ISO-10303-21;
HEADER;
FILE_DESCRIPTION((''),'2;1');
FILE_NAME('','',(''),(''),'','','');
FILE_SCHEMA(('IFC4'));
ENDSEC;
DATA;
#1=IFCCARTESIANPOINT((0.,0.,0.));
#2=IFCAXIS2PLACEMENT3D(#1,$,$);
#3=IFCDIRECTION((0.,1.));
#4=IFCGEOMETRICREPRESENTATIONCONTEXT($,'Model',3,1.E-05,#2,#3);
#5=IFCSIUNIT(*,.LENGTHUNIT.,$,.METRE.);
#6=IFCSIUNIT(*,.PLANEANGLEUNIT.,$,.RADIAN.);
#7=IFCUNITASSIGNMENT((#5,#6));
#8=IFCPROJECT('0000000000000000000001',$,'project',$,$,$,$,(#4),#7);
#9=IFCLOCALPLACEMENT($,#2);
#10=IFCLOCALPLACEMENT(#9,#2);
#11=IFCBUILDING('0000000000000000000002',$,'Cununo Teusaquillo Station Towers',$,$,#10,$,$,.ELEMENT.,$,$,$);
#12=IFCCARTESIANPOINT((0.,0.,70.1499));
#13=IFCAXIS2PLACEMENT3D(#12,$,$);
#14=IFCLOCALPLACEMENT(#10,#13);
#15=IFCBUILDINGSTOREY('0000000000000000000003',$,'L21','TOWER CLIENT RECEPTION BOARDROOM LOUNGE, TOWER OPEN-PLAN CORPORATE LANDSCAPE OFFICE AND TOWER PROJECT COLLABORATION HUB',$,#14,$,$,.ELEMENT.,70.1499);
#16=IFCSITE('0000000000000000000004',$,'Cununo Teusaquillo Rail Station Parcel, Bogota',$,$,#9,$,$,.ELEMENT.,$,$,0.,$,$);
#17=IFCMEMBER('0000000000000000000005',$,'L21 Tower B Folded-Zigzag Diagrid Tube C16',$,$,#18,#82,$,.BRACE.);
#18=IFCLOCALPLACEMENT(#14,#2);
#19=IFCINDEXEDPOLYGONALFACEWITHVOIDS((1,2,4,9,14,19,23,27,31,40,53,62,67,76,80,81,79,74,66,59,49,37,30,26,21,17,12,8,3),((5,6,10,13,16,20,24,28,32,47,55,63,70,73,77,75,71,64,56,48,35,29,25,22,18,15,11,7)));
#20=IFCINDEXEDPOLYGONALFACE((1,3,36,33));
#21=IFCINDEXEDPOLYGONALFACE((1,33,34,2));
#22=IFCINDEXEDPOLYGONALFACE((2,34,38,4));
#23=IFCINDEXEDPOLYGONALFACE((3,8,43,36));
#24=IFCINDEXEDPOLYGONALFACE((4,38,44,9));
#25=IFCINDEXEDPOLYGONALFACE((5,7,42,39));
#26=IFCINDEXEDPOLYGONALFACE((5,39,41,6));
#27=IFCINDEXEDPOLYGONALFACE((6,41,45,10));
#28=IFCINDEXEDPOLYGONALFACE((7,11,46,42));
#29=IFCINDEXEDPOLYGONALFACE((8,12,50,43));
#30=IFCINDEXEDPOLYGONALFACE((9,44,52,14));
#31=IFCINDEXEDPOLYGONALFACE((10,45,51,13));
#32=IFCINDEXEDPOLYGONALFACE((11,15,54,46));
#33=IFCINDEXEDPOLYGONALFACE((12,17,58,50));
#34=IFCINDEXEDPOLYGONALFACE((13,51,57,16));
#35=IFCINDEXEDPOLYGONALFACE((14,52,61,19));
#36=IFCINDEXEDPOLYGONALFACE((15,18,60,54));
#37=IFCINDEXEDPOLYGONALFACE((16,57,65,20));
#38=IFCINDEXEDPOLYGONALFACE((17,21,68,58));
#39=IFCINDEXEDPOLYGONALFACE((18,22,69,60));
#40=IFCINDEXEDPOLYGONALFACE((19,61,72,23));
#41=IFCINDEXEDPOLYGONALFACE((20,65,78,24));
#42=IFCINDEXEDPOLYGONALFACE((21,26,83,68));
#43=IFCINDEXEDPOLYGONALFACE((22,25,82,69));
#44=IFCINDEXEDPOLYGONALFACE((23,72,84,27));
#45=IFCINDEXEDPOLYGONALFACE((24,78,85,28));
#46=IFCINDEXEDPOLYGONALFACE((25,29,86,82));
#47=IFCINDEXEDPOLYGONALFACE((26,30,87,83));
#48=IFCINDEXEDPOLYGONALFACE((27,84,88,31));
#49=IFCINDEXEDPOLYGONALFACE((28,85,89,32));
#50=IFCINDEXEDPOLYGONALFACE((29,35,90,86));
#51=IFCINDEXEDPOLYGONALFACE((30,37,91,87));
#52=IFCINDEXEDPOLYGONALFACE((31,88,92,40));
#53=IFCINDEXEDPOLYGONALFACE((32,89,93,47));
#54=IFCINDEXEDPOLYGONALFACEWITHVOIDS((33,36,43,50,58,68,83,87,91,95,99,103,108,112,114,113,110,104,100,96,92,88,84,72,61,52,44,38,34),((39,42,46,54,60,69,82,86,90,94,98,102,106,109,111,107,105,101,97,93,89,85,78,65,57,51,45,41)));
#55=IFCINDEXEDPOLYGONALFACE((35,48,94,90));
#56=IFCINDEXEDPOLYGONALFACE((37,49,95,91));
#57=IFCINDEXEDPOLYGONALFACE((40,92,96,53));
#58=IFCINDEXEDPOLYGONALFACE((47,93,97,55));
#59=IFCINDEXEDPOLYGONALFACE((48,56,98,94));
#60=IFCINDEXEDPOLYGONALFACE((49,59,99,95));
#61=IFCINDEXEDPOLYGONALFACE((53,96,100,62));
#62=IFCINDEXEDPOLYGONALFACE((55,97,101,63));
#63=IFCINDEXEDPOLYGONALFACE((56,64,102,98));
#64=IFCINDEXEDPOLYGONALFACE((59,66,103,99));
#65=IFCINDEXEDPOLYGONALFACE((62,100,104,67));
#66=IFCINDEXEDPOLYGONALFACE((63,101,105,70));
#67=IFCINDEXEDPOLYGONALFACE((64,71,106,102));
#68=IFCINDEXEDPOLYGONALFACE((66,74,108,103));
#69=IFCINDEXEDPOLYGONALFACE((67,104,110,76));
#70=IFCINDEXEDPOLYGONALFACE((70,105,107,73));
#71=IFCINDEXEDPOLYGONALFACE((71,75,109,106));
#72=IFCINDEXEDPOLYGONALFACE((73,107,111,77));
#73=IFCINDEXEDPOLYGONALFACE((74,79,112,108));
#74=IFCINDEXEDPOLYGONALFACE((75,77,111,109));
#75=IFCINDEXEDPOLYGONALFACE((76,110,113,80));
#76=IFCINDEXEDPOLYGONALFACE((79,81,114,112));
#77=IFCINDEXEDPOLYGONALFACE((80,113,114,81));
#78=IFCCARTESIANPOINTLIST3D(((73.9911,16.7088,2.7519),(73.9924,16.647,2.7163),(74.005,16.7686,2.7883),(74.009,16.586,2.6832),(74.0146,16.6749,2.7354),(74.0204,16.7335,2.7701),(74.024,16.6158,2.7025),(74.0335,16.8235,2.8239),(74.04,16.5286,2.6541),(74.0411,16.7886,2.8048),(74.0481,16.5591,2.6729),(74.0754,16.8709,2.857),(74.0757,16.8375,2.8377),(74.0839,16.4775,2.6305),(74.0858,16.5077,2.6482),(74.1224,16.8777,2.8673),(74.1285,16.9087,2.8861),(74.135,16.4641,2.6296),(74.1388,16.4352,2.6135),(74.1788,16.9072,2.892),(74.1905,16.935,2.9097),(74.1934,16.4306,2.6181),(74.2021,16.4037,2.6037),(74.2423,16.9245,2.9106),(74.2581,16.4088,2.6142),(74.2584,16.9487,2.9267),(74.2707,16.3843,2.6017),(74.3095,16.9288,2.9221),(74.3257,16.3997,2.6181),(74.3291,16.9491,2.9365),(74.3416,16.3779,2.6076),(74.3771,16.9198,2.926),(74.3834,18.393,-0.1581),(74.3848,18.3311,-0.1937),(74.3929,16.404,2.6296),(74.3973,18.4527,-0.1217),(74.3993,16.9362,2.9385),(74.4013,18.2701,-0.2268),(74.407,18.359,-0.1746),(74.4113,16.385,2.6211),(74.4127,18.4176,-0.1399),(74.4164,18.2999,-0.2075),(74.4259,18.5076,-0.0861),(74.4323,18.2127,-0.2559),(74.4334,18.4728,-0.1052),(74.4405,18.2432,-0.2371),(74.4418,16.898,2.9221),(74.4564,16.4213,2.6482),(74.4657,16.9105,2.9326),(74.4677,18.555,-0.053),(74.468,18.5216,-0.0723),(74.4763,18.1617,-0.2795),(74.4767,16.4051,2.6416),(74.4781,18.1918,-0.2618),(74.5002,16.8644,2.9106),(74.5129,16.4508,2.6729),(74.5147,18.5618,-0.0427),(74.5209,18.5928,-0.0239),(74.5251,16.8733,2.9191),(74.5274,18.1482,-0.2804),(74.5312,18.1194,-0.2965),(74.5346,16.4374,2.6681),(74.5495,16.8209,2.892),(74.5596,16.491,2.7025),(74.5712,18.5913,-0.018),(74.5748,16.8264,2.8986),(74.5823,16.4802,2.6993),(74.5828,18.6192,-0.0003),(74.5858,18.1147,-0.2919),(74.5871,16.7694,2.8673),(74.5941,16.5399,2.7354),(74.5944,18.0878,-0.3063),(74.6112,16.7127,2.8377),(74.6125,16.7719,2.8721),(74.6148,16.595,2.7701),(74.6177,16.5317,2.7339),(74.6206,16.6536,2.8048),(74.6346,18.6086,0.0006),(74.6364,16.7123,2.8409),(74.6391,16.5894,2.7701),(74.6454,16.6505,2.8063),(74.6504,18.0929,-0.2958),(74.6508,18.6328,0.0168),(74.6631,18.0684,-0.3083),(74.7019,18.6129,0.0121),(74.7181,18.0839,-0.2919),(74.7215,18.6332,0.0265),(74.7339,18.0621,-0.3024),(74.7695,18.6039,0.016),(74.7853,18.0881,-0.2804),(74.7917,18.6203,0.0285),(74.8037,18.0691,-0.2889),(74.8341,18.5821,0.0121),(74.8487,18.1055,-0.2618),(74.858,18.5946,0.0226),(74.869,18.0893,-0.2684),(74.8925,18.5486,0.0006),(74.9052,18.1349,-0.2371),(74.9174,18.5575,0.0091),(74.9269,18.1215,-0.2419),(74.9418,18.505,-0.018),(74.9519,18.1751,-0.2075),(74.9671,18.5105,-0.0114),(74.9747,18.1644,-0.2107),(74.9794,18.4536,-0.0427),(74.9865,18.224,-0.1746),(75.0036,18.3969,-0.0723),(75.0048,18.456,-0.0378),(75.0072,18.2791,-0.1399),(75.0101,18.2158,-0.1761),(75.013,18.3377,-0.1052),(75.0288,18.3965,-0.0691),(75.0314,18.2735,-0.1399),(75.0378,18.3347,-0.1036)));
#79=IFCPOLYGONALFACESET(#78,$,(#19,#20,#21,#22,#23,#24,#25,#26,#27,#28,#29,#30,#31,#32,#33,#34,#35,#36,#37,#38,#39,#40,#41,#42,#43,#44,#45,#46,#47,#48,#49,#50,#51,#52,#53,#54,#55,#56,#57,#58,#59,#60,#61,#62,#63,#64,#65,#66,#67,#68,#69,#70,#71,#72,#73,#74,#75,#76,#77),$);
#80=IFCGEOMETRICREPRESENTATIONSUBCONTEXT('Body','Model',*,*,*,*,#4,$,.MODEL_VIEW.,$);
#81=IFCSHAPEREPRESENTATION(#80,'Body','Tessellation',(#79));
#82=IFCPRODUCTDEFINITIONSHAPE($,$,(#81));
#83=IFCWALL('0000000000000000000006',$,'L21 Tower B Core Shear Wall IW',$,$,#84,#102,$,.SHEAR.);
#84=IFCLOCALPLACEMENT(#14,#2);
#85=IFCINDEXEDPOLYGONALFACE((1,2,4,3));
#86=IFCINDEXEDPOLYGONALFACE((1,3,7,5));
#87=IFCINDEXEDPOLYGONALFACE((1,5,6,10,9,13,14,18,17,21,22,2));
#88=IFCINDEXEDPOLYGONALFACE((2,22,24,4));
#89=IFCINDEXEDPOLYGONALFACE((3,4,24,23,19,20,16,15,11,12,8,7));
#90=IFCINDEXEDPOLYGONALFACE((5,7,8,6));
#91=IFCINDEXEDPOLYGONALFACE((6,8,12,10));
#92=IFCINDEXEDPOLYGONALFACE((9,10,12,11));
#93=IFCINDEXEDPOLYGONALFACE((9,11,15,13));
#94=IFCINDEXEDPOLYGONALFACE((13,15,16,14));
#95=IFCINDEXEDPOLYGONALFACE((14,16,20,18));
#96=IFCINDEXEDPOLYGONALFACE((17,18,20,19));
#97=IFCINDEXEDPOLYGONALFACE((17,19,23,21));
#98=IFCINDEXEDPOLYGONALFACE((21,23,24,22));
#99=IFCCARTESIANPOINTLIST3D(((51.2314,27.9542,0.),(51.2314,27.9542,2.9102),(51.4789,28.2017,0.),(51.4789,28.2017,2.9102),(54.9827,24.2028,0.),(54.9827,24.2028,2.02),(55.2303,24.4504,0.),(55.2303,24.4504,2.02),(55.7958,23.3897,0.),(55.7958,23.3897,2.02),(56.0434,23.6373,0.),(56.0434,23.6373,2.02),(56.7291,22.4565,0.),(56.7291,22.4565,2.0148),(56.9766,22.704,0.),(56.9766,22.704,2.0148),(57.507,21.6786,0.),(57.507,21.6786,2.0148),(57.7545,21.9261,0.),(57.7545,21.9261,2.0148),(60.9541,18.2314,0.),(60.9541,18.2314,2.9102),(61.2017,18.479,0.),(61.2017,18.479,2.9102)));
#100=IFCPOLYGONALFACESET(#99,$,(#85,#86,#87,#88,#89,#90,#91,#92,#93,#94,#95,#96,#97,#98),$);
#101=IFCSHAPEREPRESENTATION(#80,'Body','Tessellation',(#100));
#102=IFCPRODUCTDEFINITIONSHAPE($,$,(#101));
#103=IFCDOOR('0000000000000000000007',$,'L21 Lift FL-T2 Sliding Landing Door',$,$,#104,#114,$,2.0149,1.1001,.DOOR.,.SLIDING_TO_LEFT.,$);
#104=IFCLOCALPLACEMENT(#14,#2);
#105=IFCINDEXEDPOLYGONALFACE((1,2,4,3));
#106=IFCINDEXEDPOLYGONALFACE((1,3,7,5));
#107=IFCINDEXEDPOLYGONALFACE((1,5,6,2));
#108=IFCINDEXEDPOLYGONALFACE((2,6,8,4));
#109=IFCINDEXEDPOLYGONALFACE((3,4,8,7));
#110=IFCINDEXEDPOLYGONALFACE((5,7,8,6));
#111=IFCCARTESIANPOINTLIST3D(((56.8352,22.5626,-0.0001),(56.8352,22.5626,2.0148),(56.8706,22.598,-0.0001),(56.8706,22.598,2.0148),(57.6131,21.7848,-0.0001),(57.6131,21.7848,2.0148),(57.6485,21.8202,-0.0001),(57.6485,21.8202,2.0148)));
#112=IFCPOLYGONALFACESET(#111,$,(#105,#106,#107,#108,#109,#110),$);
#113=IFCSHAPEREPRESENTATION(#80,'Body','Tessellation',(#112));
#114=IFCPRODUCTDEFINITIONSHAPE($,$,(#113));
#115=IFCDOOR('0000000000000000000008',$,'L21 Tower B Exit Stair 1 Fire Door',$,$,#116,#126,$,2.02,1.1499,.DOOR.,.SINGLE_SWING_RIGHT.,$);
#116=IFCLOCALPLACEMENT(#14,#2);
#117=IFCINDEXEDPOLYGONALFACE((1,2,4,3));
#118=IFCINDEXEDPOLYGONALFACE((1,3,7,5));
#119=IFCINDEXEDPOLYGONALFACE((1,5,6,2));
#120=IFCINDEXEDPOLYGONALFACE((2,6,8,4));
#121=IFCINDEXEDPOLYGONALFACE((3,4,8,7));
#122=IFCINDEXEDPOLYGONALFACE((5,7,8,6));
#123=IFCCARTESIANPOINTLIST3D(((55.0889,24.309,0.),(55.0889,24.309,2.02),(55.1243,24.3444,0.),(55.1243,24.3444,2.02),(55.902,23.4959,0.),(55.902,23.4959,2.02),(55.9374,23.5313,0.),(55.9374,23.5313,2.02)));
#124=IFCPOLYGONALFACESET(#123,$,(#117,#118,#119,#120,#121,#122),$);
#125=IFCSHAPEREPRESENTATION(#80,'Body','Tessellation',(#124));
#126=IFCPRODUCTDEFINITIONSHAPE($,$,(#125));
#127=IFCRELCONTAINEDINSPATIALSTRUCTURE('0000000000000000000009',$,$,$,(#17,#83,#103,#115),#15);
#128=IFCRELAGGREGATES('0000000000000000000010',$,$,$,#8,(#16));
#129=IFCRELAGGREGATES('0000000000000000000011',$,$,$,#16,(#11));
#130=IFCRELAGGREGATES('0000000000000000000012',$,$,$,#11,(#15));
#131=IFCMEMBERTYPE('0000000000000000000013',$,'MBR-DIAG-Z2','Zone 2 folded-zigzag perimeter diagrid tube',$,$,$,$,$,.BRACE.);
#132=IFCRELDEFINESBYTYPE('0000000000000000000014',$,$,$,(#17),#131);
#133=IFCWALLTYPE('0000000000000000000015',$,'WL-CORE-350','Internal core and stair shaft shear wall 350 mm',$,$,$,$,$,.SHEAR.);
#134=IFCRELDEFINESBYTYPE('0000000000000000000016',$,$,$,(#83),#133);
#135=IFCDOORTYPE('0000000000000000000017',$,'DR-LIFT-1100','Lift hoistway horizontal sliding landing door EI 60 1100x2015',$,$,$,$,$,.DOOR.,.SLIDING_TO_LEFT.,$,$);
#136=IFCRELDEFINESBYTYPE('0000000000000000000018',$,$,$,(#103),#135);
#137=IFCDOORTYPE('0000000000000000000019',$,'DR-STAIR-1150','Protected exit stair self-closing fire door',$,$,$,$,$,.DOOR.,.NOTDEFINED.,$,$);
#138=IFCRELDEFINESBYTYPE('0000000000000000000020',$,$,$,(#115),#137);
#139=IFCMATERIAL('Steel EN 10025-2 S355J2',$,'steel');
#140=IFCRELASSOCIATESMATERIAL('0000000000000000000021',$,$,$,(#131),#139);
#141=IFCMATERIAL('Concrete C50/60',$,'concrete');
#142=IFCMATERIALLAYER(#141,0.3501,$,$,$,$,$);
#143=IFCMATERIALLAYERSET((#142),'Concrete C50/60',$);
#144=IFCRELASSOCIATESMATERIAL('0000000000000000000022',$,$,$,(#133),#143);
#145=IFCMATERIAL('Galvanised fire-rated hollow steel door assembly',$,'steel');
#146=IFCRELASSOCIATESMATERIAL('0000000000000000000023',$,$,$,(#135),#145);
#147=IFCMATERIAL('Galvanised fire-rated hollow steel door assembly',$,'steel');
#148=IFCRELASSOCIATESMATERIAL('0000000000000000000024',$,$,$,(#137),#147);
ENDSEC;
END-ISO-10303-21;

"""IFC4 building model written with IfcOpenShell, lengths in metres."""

from ifc_helpers import new_model, si_unit, direction, frame, frame_2d, origin, origin_2d, place, context, subcontext, project, spatial, rectangle, hollow_circle, extrude, source, transform, mapped, material, layer, layer_set, material_profile, profile_set, type_object, element, fill, save


model = new_model("IFC4")

# Units and contexts
model_context = context("Model", 3, precision=1e-05, world=origin(), true_north=direction((0.0, 1.0)))
body_context = subcontext(model_context, "Body", "Model", "MODEL_VIEW")
ifc_project = project(units=[si_unit("LENGTHUNIT", "METRE"), si_unit("PLANEANGLEUNIT", "RADIAN")], contexts=[model_context])

# Site, building, storey
site_placement = place(None, origin())
site = spatial("IfcSite", under=ifc_project, at=site_placement, Name="Cununo Teusaquillo Rail Station Parcel, Bogota", CompositionType="ELEMENT", RefElevation=0.0)
building_placement = place(site_placement, origin())
building = spatial("IfcBuilding", under=site, at=building_placement, Name="Cununo Teusaquillo Station Towers", CompositionType="ELEMENT")
storey_placement = place(building_placement, frame((0.0, 0.0, 70.1499)))
storey = spatial("IfcBuildingStorey", under=building, at=storey_placement, Name="L21", Description="TOWER CLIENT RECEPTION BOARDROOM LOUNGE, TOWER OPEN-PLAN CORPORATE LANDSCAPE OFFICE AND TOWER PROJECT COLLABORATION HUB", CompositionType="ELEMENT", Elevation=70.1499)

# Member
ifc_material_1 = material(Name="Steel EN 10025-2 S355J2", Category="steel")
ifc_material_profile_1 = material_profile(ifc_material_1, hollow_circle(Radius=0.3301, WallThickness=0.0249, at=origin_2d()), Name="CHS 660x25")
ifc_profile_set_1 = profile_set([ifc_material_profile_1], Name="Steel EN 10025-2 S355J2")
member_type = type_object("IfcMemberType", Name="MBR-DIAG-Z2", Description="Zone 2 folded-zigzag perimeter diagrid tube", PredefinedType="BRACE", material=ifc_profile_set_1)
member_placement = place(storey_placement, frame((74.71, 18.3484, -0.1399), z_axis=(-0.115907, -0.497526, 0.859671), x_axis=(0.97392, -0.22689, 0.0)))
element("IfcMember", 1, at=member_placement, inside=storey, type_object=member_type, Name="L21 Tower B Folded-Zigzag Diagrid Tube C16", PredefinedType="BRACE", context=body_context, shape_type="SweptSolid", body=[
    extrude(hollow_circle(Radius=0.3301, WallThickness=0.0249, at=origin_2d()), origin(), (0.0, 0.0, 1.0), 3.385),
])

# Wall, openings, doors
ifc_material_2 = material(Name="Concrete C50/60", Category="concrete")
ifc_layer_1 = layer(ifc_material_2, 0.3501)
ifc_layer_set_1 = layer_set([ifc_layer_1], Name="Concrete C50/60")
wall_type_1 = type_object("IfcWallType", Name="WL-CORE-350", Description="Internal core and stair shaft shear wall 350 mm", PredefinedType="SHEAR", material=ifc_layer_set_1)
wall_1_placement = place(storey_placement, frame((61.0779, 18.3552, 0.0), z_axis=(0.0, 0.0, 1.0), x_axis=(-0.707107, 0.707107, 0.0)))
wall_1 = element("IfcWall", 2, at=wall_1_placement, inside=storey, type_object=wall_type_1, Name="L21 Tower B Core Shear Wall IW", PredefinedType="SHEAR", context=body_context, shape_type="SweptSolid", body=[
    extrude(rectangle(XDim=13.75, YDim=0.3501, at=frame_2d((6.875, 0.0))), origin(), (0.0, 0.0, 1.0), 2.9102),
])
shared_shape_1 = source(origin(), body_context, "Body", "SweptSolid", [
    extrude(rectangle(XDim=1.1001, YDim=2.0149, at=frame_2d((0.55, 1.0073))), frame((0.0, 0.1851, 0.0), z_axis=(0.0, -1.0, 0.0), x_axis=(1.0, 0.0, 0.0)), (0.0, 0.0, 1.0), 0.3701),
])
opening_1_placement = place(wall_1_placement, frame((4.875, 0.0, 0.0)))
opening_1 = element("IfcOpeningElement", 3, at=opening_1_placement, cuts=wall_1, PredefinedType="OPENING", context=body_context, shape_type="MappedRepresentation", body=[
    mapped(shared_shape_1, transform((0.0, 0.0, 0.0), x_axis=(1.0, 0.0, 0.0), y_axis=(0.0, 1.0, 0.0), z_axis=(0.0, 0.0, 1.0), scale=1.0)),
])
shared_shape_2 = source(origin(), body_context, "Body", "SweptSolid", [
    extrude(rectangle(XDim=1.1499, YDim=2.02, at=frame_2d((0.575, 1.01))), frame((0.0, 0.1851, 0.0), z_axis=(0.0, -1.0, 0.0), x_axis=(1.0, 0.0, 0.0)), (0.0, 0.0, 1.0), 0.3701),
])
opening_2_placement = place(wall_1_placement, frame((7.2949, 0.0, 0.0)))
opening_2 = element("IfcOpeningElement", 4, at=opening_2_placement, cuts=wall_1, PredefinedType="OPENING", context=body_context, shape_type="MappedRepresentation", body=[
    mapped(shared_shape_2, transform((0.0, 0.0, 0.0), x_axis=(1.0, 0.0, 0.0), y_axis=(0.0, 1.0, 0.0), z_axis=(0.0, 0.0, 1.0), scale=1.0)),
])
ifc_material_3 = material(Name="Galvanised fire-rated hollow steel door assembly", Category="steel")
door_type_1 = type_object("IfcDoorType", Name="DR-LIFT-1100", Description="Lift hoistway horizontal sliding landing door EI 60 1100x2015", OperationType="SLIDING_TO_LEFT", PredefinedType="DOOR", material=ifc_material_3)
shared_shape_3 = source(origin(), body_context, "Body", "SweptSolid", [
    extrude(rectangle(XDim=1.1001, YDim=2.0149, at=frame_2d((0.55, 1.0073))), frame((0.0, 0.0249, 0.0), z_axis=(0.0, -1.0, 0.0), x_axis=(1.0, 0.0, 0.0)), (0.0, 0.0, 1.0), 0.05),
])
door_1_placement = place(opening_1_placement, origin())
door_1 = element("IfcDoor", 5, at=door_1_placement, inside=storey, type_object=door_type_1, Name="L21 Lift FL-T2 Sliding Landing Door", OperationType="SLIDING_TO_LEFT", OverallHeight=2.0149, OverallWidth=1.1001, PredefinedType="DOOR", context=body_context, shape_type="MappedRepresentation", body=[
    mapped(shared_shape_3, transform((0.0, 0.0, 0.0), x_axis=(1.0, 0.0, 0.0), y_axis=(0.0, 1.0, 0.0), z_axis=(0.0, 0.0, 1.0), scale=1.0)),
])
fill(opening_1, door_1)
ifc_material_4 = material(Name="Galvanised fire-rated hollow steel door assembly", Category="steel")
door_type_2 = type_object("IfcDoorType", Name="DR-STAIR-1150", Description="Protected exit stair self-closing fire door", OperationType="NOTDEFINED", PredefinedType="DOOR", material=ifc_material_4)
shared_shape_4 = source(origin(), body_context, "Body", "SweptSolid", [
    extrude(rectangle(XDim=1.1499, YDim=2.02, at=frame_2d((0.575, 1.01))), frame((0.0, 0.0249, 0.0), z_axis=(0.0, -1.0, 0.0), x_axis=(1.0, 0.0, 0.0)), (0.0, 0.0, 1.0), 0.05),
])
door_2_placement = place(opening_2_placement, origin())
door_2 = element("IfcDoor", 6, at=door_2_placement, inside=storey, type_object=door_type_2, Name="L21 Tower B Exit Stair 1 Fire Door", OperationType="SINGLE_SWING_RIGHT", OverallHeight=2.02, OverallWidth=1.1499, PredefinedType="DOOR", context=body_context, shape_type="MappedRepresentation", body=[
    mapped(shared_shape_4, transform((0.0, 0.0, 0.0), x_axis=(1.0, 0.0, 0.0), y_axis=(0.0, 1.0, 0.0), z_axis=(0.0, 0.0, 1.0), scale=1.0)),
])
fill(opening_2, door_2)

save(model, "model.ifc")
